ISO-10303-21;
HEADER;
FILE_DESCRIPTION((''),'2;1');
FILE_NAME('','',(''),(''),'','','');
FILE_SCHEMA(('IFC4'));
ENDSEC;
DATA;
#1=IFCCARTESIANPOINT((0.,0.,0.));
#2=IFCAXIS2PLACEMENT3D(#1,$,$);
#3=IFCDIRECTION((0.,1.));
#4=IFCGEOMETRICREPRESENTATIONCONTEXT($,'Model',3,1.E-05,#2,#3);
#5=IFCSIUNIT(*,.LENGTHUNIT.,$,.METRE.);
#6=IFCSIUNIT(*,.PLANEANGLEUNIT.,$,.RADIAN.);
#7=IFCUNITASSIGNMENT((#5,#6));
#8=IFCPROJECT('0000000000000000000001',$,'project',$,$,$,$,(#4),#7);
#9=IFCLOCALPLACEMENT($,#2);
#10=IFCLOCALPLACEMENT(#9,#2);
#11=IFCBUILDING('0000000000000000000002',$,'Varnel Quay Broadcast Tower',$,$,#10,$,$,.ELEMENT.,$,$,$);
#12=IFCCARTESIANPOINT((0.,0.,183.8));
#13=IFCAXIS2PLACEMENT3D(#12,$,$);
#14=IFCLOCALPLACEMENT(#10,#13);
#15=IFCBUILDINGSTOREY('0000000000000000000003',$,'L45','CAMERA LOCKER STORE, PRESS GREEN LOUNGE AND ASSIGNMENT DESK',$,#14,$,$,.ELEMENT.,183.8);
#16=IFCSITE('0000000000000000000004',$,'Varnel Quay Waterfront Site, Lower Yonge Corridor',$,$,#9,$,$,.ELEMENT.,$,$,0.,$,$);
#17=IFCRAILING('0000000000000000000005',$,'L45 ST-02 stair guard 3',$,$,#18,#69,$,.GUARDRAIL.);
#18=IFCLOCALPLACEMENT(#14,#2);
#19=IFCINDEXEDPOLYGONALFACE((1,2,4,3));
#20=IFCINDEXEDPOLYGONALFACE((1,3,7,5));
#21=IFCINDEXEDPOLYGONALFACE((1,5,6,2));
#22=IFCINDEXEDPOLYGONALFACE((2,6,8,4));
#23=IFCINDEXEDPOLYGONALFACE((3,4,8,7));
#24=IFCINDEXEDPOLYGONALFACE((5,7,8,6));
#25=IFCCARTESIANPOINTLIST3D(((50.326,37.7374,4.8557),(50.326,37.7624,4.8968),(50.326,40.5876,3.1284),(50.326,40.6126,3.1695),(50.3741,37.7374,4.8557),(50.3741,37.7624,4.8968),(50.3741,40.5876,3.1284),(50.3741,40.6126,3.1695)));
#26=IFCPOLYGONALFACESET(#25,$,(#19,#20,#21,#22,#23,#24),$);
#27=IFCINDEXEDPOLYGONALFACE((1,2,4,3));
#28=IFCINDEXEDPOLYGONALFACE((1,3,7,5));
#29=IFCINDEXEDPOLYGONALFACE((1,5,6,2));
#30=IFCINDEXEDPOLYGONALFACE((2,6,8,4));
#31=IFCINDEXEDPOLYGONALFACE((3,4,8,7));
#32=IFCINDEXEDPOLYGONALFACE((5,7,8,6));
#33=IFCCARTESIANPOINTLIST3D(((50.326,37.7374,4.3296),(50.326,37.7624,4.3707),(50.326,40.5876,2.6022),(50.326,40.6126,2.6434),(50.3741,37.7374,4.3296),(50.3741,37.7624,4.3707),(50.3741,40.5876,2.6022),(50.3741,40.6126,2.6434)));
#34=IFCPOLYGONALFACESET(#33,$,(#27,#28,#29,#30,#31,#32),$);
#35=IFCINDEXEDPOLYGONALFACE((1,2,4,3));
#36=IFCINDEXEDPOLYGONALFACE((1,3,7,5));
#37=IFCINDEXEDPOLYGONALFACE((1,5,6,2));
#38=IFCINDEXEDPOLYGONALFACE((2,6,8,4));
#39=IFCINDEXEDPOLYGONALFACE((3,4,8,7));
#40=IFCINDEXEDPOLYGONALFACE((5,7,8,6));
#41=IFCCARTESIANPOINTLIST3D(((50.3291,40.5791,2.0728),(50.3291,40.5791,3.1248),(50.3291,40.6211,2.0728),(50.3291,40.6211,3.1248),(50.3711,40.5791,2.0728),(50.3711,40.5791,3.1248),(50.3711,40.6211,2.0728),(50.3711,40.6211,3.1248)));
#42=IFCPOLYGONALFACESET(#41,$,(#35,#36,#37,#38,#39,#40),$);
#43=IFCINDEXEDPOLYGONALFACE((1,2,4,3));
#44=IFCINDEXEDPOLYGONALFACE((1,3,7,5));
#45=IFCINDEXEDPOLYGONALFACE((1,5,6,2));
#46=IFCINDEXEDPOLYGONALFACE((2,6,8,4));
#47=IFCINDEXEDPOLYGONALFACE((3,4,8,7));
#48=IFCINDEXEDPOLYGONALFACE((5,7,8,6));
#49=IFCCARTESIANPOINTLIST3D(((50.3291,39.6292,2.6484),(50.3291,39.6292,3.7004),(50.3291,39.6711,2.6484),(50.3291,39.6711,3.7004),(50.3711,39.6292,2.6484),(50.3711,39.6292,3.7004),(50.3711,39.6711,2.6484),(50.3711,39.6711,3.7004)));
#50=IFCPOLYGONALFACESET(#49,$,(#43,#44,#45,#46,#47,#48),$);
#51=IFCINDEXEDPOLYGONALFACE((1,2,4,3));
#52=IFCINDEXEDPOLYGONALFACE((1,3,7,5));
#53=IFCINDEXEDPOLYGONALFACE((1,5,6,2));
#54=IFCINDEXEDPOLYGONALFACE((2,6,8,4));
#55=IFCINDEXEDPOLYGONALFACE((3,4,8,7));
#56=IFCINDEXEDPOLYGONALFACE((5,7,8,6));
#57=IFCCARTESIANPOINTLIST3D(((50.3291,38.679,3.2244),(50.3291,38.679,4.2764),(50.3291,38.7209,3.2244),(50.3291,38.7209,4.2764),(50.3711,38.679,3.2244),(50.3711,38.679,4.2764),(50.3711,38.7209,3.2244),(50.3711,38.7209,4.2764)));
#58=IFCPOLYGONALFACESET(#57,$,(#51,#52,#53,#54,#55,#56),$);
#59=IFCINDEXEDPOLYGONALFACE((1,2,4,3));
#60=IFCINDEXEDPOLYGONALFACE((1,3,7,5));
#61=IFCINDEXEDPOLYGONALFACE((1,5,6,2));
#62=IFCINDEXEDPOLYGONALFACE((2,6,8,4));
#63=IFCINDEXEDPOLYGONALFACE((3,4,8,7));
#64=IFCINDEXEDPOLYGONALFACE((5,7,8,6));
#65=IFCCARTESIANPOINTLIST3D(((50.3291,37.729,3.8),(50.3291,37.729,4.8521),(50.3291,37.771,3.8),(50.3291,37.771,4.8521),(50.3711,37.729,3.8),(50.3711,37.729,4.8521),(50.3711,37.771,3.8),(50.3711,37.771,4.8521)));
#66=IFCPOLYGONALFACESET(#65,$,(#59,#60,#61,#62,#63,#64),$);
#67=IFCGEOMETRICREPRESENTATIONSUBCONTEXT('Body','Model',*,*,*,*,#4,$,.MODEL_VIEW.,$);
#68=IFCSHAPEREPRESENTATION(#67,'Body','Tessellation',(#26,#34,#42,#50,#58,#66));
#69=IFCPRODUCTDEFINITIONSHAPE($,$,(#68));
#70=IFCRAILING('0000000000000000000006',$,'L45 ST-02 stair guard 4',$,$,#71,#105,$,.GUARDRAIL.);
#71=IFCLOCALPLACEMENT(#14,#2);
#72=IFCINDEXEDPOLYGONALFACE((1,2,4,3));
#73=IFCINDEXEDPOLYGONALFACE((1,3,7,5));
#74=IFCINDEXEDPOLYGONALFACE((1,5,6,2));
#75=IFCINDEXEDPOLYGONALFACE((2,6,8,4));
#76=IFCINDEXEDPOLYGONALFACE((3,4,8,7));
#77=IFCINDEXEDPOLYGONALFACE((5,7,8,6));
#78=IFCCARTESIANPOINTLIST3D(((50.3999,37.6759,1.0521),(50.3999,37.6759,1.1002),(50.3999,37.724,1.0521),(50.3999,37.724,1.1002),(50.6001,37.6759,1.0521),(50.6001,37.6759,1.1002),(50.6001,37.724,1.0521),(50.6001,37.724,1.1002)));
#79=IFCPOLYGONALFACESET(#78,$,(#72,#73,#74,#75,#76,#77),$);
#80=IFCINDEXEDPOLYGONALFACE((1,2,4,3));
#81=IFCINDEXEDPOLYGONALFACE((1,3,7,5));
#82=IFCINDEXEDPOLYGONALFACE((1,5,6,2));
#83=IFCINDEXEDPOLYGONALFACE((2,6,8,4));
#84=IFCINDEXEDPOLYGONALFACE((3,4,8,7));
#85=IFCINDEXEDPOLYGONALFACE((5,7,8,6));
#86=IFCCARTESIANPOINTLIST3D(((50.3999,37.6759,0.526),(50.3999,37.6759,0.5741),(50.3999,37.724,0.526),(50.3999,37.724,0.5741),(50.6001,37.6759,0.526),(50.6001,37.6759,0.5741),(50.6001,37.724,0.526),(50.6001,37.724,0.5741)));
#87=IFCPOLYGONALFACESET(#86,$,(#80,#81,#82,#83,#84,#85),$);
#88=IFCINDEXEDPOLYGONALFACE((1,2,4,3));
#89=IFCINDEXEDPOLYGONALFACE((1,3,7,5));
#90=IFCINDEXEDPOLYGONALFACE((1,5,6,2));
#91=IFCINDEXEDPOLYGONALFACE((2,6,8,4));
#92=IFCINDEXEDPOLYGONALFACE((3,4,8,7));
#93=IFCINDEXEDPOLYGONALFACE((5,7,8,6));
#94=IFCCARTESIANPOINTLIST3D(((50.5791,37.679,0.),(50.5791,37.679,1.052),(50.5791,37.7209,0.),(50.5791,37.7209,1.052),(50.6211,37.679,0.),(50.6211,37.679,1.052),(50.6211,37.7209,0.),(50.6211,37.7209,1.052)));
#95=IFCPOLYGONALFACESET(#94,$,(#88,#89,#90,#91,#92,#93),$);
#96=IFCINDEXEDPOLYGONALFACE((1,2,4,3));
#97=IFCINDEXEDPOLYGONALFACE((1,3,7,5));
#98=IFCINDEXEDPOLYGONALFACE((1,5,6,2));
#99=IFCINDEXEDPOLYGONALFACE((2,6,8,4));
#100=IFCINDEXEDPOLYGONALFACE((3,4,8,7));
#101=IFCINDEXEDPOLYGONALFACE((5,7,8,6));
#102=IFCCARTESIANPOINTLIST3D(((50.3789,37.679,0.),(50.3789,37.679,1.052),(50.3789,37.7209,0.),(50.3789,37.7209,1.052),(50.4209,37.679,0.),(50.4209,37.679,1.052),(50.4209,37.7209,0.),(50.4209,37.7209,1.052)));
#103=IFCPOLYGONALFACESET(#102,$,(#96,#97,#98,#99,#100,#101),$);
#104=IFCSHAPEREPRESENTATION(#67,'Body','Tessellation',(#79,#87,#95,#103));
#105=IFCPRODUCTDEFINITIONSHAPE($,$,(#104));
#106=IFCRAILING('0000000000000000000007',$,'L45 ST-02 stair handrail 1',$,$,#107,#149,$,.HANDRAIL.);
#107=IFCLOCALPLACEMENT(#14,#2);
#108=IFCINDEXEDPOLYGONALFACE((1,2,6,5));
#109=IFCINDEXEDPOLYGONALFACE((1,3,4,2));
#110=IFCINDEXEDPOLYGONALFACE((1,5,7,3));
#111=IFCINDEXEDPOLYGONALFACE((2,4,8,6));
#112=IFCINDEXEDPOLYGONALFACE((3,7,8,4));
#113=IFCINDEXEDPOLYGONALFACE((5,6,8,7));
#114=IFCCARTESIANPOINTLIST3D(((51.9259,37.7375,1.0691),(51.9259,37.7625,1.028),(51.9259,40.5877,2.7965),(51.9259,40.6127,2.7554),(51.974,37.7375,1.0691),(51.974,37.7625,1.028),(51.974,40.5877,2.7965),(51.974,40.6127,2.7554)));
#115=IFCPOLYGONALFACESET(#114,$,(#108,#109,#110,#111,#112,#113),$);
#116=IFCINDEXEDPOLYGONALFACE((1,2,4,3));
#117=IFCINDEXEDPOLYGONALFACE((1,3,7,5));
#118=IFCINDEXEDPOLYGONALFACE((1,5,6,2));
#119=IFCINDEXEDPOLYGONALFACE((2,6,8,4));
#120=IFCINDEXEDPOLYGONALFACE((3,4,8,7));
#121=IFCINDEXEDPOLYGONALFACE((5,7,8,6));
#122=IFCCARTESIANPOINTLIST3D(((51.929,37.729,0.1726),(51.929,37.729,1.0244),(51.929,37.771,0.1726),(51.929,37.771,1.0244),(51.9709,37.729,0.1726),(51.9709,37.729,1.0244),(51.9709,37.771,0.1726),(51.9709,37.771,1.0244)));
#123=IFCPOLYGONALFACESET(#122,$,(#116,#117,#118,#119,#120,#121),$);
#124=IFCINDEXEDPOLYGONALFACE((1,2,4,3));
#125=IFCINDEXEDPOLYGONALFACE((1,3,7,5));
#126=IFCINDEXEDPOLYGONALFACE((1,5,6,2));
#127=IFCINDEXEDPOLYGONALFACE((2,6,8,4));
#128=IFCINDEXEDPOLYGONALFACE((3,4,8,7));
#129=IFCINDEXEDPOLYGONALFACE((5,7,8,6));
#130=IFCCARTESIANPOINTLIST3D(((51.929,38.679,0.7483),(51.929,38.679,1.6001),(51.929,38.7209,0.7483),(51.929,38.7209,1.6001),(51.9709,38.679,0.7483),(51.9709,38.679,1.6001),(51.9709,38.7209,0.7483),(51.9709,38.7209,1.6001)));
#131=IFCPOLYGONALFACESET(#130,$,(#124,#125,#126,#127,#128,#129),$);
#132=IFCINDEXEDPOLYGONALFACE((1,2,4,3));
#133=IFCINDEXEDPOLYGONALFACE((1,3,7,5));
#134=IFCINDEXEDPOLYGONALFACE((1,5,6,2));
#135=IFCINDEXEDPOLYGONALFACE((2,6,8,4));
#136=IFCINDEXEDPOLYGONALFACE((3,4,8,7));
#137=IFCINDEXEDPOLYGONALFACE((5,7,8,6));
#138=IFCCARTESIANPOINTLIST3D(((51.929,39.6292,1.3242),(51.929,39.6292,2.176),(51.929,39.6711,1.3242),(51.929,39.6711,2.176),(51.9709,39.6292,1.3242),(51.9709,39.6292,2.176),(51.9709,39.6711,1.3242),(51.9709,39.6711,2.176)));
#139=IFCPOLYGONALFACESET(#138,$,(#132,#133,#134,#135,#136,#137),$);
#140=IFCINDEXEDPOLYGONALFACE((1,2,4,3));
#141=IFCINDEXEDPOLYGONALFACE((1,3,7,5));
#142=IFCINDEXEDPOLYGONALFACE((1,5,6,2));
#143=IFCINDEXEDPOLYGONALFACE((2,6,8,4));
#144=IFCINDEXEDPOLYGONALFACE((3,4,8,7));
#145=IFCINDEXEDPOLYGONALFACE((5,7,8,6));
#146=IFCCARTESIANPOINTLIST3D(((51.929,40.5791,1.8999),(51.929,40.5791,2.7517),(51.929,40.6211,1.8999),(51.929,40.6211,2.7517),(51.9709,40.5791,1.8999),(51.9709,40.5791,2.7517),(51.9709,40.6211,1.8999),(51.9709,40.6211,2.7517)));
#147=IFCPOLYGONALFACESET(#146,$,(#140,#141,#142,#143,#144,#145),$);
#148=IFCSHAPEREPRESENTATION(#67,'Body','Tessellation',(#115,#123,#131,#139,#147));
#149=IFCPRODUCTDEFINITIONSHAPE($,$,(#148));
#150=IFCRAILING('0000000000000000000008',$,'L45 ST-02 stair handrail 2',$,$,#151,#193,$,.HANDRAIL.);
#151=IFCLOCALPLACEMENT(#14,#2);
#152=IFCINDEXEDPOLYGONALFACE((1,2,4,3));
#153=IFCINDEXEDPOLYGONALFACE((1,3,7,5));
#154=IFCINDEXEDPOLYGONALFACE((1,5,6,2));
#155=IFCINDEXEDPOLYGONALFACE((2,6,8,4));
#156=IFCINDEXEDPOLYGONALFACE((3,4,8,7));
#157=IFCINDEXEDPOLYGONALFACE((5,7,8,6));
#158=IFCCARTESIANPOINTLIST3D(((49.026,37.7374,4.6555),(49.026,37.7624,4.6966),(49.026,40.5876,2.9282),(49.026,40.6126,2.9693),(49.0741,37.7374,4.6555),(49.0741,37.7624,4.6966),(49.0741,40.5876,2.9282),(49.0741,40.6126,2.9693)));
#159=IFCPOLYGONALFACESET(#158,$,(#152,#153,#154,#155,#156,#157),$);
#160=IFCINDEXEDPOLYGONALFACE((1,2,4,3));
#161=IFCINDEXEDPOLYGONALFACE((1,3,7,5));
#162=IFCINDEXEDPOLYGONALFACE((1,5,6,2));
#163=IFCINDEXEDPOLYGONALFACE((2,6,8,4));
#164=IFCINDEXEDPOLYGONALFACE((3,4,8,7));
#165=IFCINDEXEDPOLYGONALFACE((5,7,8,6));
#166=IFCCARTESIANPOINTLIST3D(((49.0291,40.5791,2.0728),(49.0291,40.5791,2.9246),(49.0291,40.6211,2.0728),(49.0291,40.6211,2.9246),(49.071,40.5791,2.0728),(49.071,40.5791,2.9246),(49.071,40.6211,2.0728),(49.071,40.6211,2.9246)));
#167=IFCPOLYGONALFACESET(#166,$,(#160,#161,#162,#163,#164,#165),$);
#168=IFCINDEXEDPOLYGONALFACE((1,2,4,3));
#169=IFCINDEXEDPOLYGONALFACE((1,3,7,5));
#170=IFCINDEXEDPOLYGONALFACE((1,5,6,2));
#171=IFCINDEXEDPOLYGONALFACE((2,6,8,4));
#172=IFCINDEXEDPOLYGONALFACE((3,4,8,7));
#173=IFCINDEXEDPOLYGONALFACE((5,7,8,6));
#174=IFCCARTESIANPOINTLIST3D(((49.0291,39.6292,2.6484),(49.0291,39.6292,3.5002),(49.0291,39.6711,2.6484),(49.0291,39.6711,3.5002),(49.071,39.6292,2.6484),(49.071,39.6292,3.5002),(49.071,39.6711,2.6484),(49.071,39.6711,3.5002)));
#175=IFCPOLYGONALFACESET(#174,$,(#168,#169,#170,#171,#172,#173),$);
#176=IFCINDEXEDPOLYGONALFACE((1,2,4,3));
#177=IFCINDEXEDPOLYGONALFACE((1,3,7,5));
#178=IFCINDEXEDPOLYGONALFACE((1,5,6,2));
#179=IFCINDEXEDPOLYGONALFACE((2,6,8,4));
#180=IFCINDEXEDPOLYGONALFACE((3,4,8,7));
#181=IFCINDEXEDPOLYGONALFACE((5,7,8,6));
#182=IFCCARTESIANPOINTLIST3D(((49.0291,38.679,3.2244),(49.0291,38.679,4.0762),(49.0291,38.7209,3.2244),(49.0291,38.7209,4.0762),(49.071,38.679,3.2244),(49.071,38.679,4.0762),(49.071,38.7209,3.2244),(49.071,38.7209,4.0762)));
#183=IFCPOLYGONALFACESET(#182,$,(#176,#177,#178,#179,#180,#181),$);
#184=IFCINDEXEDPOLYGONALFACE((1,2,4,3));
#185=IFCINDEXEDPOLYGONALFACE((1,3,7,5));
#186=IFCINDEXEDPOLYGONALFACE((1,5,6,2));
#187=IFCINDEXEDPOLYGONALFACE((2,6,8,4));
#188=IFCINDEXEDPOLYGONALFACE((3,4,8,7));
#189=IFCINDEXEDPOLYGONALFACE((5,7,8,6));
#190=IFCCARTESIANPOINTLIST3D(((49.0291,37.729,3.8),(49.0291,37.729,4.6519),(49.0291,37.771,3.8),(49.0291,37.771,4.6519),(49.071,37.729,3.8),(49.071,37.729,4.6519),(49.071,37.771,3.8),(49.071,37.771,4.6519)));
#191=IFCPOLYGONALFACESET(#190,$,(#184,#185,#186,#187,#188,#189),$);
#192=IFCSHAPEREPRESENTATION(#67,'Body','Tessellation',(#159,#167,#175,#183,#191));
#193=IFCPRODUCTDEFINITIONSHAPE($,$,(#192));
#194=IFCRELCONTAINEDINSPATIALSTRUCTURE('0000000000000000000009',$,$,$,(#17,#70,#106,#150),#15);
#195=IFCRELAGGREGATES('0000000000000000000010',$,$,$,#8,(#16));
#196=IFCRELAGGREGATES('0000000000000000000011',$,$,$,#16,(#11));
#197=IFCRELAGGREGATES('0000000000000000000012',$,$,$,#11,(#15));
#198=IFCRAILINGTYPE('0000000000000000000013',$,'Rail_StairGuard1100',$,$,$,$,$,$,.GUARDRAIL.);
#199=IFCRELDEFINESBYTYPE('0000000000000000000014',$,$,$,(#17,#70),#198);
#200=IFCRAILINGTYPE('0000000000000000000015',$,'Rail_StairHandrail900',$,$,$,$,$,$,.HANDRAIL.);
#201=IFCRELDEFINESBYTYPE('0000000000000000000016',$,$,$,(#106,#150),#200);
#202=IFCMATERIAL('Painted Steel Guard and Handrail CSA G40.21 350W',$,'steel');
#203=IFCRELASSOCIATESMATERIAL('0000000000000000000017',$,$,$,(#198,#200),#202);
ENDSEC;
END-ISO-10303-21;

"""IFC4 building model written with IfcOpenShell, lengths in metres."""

from ifc_helpers import new_model, si_unit, direction, frame, origin, origin_2d, place, context, subcontext, project, spatial, rectangle, extrude, material, type_object, element, save


model = new_model("IFC4")

# Units and contexts
model_context = context("Model", 3, precision=1e-05, world=origin(), true_north=direction((0.0, 1.0)))
body_context = subcontext(model_context, "Body", "Model", "MODEL_VIEW")
ifc_project = project(units=[si_unit("LENGTHUNIT", "METRE"), si_unit("PLANEANGLEUNIT", "RADIAN")], contexts=[model_context])

# Site, building, storey
site_placement = place(None, origin())
site = spatial("IfcSite", under=ifc_project, at=site_placement, Name="Varnel Quay Waterfront Site, Lower Yonge Corridor", CompositionType="ELEMENT", RefElevation=0.0)
building_placement = place(site_placement, origin())
building = spatial("IfcBuilding", under=site, at=building_placement, Name="Varnel Quay Broadcast Tower", CompositionType="ELEMENT")
storey_placement = place(building_placement, frame((0.0, 0.0, 183.8)))
storey = spatial("IfcBuildingStorey", under=building, at=storey_placement, Name="L45", Description="CAMERA LOCKER STORE, PRESS GREEN LOUNGE AND ASSIGNMENT DESK", CompositionType="ELEMENT", Elevation=183.8)

# Railings
ifc_material_1 = material(Name="Painted Steel Guard and Handrail CSA G40.21 350W", Category="steel")
railing_type_1 = type_object("IfcRailingType", Name="Rail_StairGuard1100", PredefinedType="GUARDRAIL", material=ifc_material_1)
railing_1_placement = place(storey_placement, frame((50.3501, 40.6001, 2.0728)))
element("IfcRailing", 1, at=railing_1_placement, inside=storey, type_object=railing_type_1, Name="L45 ST-02 stair guard 3", PredefinedType="GUARDRAIL", context=body_context, shape_type="SweptSolid", body=[
    extrude(rectangle(XDim=0.0481, YDim=0.0481, at=origin_2d()), frame((0.0, 0.0, 1.0762), z_axis=(0.0, -0.855203, 0.518294), x_axis=(1.0, 0.0, 0.0)), (0.0, 0.0, 1.0), 3.3328),
    extrude(rectangle(XDim=0.0481, YDim=0.0481, at=origin_2d()), frame((0.0, 0.0, 0.55), z_axis=(0.0, -0.855203, 0.518294), x_axis=(1.0, 0.0, 0.0)), (0.0, 0.0, 1.0), 3.3328),
    extrude(rectangle(XDim=0.042, YDim=0.042, at=origin_2d()), origin(), (0.0, 0.0, 1.0), 1.052),
    extrude(rectangle(XDim=0.042, YDim=0.042, at=origin_2d()), frame((0.0, -0.95, 0.5757)), (0.0, 0.0, 1.0), 1.052),
    extrude(rectangle(XDim=0.042, YDim=0.042, at=origin_2d()), frame((0.0, -1.9001, 1.1516)), (0.0, 0.0, 1.0), 1.052),
    extrude(rectangle(XDim=0.042, YDim=0.042, at=origin_2d()), frame((0.0, -2.8501, 1.7273)), (0.0, 0.0, 1.0), 1.052),
])
railing_2_placement = place(storey_placement, frame((50.6001, 37.7, 0.0)))
element("IfcRailing", 2, at=railing_2_placement, inside=storey, type_object=railing_type_1, Name="L45 ST-02 stair guard 4", PredefinedType="GUARDRAIL", context=body_context, shape_type="SweptSolid", body=[
    extrude(rectangle(XDim=0.0481, YDim=0.0481, at=origin_2d()), frame((0.0, 0.0, 1.0762), z_axis=(-1.0, 0.0, 0.0), x_axis=(0.0, -1.0, 0.0)), (0.0, 0.0, 1.0), 0.2002),
    extrude(rectangle(XDim=0.0481, YDim=0.0481, at=origin_2d()), frame((0.0, 0.0, 0.55), z_axis=(-1.0, 0.0, 0.0), x_axis=(0.0, -1.0, 0.0)), (0.0, 0.0, 1.0), 0.2002),
    extrude(rectangle(XDim=0.042, YDim=0.042, at=origin_2d()), origin(), (0.0, 0.0, 1.0), 1.052),
    extrude(rectangle(XDim=0.042, YDim=0.042, at=origin_2d()), frame((-0.2002, 0.0, 0.0)), (0.0, 0.0, 1.0), 1.052),
])
railing_type_2 = type_object("IfcRailingType", Name="Rail_StairHandrail900", PredefinedType="HANDRAIL", material=ifc_material_1)
railing_3_placement = place(storey_placement, frame((51.95, 37.75, 0.1726)))
element("IfcRailing", 3, at=railing_3_placement, inside=storey, type_object=railing_type_2, Name="L45 ST-02 stair handrail 1", PredefinedType="HANDRAIL", context=body_context, shape_type="SweptSolid", body=[
    extrude(rectangle(XDim=0.0481, YDim=0.0481, at=origin_2d()), frame((0.0, 0.0, 0.876), z_axis=(0.0, 0.855203, 0.518294), x_axis=(-1.0, 0.0, 0.0)), (0.0, 0.0, 1.0), 3.3328),
    extrude(rectangle(XDim=0.042, YDim=0.042, at=origin_2d()), origin(), (0.0, 0.0, 1.0), 0.8518),
    extrude(rectangle(XDim=0.042, YDim=0.042, at=origin_2d()), frame((0.0, 0.95, 0.5757)), (0.0, 0.0, 1.0), 0.8518),
    extrude(rectangle(XDim=0.042, YDim=0.042, at=origin_2d()), frame((0.0, 1.9001, 1.1516)), (0.0, 0.0, 1.0), 0.8518),
    extrude(rectangle(XDim=0.042, YDim=0.042, at=origin_2d()), frame((0.0, 2.8501, 1.7273)), (0.0, 0.0, 1.0), 0.8518),
])
railing_4_placement = place(storey_placement, frame((49.05, 40.6001, 2.0728)))
element("IfcRailing", 4, at=railing_4_placement, inside=storey, type_object=railing_type_2, Name="L45 ST-02 stair handrail 2", PredefinedType="HANDRAIL", context=body_context, shape_type="SweptSolid", body=[
    extrude(rectangle(XDim=0.0481, YDim=0.0481, at=origin_2d()), frame((0.0, 0.0, 0.876), z_axis=(0.0, -0.855203, 0.518294), x_axis=(1.0, 0.0, 0.0)), (0.0, 0.0, 1.0), 3.3328),
    extrude(rectangle(XDim=0.042, YDim=0.042, at=origin_2d()), origin(), (0.0, 0.0, 1.0), 0.8518),
    extrude(rectangle(XDim=0.042, YDim=0.042, at=origin_2d()), frame((0.0, -0.95, 0.5757)), (0.0, 0.0, 1.0), 0.8518),
    extrude(rectangle(XDim=0.042, YDim=0.042, at=origin_2d()), frame((0.0, -1.9001, 1.1516)), (0.0, 0.0, 1.0), 0.8518),
    extrude(rectangle(XDim=0.042, YDim=0.042, at=origin_2d()), frame((0.0, -2.8501, 1.7273)), (0.0, 0.0, 1.0), 0.8518),
])

save(model, "model.ifc")
